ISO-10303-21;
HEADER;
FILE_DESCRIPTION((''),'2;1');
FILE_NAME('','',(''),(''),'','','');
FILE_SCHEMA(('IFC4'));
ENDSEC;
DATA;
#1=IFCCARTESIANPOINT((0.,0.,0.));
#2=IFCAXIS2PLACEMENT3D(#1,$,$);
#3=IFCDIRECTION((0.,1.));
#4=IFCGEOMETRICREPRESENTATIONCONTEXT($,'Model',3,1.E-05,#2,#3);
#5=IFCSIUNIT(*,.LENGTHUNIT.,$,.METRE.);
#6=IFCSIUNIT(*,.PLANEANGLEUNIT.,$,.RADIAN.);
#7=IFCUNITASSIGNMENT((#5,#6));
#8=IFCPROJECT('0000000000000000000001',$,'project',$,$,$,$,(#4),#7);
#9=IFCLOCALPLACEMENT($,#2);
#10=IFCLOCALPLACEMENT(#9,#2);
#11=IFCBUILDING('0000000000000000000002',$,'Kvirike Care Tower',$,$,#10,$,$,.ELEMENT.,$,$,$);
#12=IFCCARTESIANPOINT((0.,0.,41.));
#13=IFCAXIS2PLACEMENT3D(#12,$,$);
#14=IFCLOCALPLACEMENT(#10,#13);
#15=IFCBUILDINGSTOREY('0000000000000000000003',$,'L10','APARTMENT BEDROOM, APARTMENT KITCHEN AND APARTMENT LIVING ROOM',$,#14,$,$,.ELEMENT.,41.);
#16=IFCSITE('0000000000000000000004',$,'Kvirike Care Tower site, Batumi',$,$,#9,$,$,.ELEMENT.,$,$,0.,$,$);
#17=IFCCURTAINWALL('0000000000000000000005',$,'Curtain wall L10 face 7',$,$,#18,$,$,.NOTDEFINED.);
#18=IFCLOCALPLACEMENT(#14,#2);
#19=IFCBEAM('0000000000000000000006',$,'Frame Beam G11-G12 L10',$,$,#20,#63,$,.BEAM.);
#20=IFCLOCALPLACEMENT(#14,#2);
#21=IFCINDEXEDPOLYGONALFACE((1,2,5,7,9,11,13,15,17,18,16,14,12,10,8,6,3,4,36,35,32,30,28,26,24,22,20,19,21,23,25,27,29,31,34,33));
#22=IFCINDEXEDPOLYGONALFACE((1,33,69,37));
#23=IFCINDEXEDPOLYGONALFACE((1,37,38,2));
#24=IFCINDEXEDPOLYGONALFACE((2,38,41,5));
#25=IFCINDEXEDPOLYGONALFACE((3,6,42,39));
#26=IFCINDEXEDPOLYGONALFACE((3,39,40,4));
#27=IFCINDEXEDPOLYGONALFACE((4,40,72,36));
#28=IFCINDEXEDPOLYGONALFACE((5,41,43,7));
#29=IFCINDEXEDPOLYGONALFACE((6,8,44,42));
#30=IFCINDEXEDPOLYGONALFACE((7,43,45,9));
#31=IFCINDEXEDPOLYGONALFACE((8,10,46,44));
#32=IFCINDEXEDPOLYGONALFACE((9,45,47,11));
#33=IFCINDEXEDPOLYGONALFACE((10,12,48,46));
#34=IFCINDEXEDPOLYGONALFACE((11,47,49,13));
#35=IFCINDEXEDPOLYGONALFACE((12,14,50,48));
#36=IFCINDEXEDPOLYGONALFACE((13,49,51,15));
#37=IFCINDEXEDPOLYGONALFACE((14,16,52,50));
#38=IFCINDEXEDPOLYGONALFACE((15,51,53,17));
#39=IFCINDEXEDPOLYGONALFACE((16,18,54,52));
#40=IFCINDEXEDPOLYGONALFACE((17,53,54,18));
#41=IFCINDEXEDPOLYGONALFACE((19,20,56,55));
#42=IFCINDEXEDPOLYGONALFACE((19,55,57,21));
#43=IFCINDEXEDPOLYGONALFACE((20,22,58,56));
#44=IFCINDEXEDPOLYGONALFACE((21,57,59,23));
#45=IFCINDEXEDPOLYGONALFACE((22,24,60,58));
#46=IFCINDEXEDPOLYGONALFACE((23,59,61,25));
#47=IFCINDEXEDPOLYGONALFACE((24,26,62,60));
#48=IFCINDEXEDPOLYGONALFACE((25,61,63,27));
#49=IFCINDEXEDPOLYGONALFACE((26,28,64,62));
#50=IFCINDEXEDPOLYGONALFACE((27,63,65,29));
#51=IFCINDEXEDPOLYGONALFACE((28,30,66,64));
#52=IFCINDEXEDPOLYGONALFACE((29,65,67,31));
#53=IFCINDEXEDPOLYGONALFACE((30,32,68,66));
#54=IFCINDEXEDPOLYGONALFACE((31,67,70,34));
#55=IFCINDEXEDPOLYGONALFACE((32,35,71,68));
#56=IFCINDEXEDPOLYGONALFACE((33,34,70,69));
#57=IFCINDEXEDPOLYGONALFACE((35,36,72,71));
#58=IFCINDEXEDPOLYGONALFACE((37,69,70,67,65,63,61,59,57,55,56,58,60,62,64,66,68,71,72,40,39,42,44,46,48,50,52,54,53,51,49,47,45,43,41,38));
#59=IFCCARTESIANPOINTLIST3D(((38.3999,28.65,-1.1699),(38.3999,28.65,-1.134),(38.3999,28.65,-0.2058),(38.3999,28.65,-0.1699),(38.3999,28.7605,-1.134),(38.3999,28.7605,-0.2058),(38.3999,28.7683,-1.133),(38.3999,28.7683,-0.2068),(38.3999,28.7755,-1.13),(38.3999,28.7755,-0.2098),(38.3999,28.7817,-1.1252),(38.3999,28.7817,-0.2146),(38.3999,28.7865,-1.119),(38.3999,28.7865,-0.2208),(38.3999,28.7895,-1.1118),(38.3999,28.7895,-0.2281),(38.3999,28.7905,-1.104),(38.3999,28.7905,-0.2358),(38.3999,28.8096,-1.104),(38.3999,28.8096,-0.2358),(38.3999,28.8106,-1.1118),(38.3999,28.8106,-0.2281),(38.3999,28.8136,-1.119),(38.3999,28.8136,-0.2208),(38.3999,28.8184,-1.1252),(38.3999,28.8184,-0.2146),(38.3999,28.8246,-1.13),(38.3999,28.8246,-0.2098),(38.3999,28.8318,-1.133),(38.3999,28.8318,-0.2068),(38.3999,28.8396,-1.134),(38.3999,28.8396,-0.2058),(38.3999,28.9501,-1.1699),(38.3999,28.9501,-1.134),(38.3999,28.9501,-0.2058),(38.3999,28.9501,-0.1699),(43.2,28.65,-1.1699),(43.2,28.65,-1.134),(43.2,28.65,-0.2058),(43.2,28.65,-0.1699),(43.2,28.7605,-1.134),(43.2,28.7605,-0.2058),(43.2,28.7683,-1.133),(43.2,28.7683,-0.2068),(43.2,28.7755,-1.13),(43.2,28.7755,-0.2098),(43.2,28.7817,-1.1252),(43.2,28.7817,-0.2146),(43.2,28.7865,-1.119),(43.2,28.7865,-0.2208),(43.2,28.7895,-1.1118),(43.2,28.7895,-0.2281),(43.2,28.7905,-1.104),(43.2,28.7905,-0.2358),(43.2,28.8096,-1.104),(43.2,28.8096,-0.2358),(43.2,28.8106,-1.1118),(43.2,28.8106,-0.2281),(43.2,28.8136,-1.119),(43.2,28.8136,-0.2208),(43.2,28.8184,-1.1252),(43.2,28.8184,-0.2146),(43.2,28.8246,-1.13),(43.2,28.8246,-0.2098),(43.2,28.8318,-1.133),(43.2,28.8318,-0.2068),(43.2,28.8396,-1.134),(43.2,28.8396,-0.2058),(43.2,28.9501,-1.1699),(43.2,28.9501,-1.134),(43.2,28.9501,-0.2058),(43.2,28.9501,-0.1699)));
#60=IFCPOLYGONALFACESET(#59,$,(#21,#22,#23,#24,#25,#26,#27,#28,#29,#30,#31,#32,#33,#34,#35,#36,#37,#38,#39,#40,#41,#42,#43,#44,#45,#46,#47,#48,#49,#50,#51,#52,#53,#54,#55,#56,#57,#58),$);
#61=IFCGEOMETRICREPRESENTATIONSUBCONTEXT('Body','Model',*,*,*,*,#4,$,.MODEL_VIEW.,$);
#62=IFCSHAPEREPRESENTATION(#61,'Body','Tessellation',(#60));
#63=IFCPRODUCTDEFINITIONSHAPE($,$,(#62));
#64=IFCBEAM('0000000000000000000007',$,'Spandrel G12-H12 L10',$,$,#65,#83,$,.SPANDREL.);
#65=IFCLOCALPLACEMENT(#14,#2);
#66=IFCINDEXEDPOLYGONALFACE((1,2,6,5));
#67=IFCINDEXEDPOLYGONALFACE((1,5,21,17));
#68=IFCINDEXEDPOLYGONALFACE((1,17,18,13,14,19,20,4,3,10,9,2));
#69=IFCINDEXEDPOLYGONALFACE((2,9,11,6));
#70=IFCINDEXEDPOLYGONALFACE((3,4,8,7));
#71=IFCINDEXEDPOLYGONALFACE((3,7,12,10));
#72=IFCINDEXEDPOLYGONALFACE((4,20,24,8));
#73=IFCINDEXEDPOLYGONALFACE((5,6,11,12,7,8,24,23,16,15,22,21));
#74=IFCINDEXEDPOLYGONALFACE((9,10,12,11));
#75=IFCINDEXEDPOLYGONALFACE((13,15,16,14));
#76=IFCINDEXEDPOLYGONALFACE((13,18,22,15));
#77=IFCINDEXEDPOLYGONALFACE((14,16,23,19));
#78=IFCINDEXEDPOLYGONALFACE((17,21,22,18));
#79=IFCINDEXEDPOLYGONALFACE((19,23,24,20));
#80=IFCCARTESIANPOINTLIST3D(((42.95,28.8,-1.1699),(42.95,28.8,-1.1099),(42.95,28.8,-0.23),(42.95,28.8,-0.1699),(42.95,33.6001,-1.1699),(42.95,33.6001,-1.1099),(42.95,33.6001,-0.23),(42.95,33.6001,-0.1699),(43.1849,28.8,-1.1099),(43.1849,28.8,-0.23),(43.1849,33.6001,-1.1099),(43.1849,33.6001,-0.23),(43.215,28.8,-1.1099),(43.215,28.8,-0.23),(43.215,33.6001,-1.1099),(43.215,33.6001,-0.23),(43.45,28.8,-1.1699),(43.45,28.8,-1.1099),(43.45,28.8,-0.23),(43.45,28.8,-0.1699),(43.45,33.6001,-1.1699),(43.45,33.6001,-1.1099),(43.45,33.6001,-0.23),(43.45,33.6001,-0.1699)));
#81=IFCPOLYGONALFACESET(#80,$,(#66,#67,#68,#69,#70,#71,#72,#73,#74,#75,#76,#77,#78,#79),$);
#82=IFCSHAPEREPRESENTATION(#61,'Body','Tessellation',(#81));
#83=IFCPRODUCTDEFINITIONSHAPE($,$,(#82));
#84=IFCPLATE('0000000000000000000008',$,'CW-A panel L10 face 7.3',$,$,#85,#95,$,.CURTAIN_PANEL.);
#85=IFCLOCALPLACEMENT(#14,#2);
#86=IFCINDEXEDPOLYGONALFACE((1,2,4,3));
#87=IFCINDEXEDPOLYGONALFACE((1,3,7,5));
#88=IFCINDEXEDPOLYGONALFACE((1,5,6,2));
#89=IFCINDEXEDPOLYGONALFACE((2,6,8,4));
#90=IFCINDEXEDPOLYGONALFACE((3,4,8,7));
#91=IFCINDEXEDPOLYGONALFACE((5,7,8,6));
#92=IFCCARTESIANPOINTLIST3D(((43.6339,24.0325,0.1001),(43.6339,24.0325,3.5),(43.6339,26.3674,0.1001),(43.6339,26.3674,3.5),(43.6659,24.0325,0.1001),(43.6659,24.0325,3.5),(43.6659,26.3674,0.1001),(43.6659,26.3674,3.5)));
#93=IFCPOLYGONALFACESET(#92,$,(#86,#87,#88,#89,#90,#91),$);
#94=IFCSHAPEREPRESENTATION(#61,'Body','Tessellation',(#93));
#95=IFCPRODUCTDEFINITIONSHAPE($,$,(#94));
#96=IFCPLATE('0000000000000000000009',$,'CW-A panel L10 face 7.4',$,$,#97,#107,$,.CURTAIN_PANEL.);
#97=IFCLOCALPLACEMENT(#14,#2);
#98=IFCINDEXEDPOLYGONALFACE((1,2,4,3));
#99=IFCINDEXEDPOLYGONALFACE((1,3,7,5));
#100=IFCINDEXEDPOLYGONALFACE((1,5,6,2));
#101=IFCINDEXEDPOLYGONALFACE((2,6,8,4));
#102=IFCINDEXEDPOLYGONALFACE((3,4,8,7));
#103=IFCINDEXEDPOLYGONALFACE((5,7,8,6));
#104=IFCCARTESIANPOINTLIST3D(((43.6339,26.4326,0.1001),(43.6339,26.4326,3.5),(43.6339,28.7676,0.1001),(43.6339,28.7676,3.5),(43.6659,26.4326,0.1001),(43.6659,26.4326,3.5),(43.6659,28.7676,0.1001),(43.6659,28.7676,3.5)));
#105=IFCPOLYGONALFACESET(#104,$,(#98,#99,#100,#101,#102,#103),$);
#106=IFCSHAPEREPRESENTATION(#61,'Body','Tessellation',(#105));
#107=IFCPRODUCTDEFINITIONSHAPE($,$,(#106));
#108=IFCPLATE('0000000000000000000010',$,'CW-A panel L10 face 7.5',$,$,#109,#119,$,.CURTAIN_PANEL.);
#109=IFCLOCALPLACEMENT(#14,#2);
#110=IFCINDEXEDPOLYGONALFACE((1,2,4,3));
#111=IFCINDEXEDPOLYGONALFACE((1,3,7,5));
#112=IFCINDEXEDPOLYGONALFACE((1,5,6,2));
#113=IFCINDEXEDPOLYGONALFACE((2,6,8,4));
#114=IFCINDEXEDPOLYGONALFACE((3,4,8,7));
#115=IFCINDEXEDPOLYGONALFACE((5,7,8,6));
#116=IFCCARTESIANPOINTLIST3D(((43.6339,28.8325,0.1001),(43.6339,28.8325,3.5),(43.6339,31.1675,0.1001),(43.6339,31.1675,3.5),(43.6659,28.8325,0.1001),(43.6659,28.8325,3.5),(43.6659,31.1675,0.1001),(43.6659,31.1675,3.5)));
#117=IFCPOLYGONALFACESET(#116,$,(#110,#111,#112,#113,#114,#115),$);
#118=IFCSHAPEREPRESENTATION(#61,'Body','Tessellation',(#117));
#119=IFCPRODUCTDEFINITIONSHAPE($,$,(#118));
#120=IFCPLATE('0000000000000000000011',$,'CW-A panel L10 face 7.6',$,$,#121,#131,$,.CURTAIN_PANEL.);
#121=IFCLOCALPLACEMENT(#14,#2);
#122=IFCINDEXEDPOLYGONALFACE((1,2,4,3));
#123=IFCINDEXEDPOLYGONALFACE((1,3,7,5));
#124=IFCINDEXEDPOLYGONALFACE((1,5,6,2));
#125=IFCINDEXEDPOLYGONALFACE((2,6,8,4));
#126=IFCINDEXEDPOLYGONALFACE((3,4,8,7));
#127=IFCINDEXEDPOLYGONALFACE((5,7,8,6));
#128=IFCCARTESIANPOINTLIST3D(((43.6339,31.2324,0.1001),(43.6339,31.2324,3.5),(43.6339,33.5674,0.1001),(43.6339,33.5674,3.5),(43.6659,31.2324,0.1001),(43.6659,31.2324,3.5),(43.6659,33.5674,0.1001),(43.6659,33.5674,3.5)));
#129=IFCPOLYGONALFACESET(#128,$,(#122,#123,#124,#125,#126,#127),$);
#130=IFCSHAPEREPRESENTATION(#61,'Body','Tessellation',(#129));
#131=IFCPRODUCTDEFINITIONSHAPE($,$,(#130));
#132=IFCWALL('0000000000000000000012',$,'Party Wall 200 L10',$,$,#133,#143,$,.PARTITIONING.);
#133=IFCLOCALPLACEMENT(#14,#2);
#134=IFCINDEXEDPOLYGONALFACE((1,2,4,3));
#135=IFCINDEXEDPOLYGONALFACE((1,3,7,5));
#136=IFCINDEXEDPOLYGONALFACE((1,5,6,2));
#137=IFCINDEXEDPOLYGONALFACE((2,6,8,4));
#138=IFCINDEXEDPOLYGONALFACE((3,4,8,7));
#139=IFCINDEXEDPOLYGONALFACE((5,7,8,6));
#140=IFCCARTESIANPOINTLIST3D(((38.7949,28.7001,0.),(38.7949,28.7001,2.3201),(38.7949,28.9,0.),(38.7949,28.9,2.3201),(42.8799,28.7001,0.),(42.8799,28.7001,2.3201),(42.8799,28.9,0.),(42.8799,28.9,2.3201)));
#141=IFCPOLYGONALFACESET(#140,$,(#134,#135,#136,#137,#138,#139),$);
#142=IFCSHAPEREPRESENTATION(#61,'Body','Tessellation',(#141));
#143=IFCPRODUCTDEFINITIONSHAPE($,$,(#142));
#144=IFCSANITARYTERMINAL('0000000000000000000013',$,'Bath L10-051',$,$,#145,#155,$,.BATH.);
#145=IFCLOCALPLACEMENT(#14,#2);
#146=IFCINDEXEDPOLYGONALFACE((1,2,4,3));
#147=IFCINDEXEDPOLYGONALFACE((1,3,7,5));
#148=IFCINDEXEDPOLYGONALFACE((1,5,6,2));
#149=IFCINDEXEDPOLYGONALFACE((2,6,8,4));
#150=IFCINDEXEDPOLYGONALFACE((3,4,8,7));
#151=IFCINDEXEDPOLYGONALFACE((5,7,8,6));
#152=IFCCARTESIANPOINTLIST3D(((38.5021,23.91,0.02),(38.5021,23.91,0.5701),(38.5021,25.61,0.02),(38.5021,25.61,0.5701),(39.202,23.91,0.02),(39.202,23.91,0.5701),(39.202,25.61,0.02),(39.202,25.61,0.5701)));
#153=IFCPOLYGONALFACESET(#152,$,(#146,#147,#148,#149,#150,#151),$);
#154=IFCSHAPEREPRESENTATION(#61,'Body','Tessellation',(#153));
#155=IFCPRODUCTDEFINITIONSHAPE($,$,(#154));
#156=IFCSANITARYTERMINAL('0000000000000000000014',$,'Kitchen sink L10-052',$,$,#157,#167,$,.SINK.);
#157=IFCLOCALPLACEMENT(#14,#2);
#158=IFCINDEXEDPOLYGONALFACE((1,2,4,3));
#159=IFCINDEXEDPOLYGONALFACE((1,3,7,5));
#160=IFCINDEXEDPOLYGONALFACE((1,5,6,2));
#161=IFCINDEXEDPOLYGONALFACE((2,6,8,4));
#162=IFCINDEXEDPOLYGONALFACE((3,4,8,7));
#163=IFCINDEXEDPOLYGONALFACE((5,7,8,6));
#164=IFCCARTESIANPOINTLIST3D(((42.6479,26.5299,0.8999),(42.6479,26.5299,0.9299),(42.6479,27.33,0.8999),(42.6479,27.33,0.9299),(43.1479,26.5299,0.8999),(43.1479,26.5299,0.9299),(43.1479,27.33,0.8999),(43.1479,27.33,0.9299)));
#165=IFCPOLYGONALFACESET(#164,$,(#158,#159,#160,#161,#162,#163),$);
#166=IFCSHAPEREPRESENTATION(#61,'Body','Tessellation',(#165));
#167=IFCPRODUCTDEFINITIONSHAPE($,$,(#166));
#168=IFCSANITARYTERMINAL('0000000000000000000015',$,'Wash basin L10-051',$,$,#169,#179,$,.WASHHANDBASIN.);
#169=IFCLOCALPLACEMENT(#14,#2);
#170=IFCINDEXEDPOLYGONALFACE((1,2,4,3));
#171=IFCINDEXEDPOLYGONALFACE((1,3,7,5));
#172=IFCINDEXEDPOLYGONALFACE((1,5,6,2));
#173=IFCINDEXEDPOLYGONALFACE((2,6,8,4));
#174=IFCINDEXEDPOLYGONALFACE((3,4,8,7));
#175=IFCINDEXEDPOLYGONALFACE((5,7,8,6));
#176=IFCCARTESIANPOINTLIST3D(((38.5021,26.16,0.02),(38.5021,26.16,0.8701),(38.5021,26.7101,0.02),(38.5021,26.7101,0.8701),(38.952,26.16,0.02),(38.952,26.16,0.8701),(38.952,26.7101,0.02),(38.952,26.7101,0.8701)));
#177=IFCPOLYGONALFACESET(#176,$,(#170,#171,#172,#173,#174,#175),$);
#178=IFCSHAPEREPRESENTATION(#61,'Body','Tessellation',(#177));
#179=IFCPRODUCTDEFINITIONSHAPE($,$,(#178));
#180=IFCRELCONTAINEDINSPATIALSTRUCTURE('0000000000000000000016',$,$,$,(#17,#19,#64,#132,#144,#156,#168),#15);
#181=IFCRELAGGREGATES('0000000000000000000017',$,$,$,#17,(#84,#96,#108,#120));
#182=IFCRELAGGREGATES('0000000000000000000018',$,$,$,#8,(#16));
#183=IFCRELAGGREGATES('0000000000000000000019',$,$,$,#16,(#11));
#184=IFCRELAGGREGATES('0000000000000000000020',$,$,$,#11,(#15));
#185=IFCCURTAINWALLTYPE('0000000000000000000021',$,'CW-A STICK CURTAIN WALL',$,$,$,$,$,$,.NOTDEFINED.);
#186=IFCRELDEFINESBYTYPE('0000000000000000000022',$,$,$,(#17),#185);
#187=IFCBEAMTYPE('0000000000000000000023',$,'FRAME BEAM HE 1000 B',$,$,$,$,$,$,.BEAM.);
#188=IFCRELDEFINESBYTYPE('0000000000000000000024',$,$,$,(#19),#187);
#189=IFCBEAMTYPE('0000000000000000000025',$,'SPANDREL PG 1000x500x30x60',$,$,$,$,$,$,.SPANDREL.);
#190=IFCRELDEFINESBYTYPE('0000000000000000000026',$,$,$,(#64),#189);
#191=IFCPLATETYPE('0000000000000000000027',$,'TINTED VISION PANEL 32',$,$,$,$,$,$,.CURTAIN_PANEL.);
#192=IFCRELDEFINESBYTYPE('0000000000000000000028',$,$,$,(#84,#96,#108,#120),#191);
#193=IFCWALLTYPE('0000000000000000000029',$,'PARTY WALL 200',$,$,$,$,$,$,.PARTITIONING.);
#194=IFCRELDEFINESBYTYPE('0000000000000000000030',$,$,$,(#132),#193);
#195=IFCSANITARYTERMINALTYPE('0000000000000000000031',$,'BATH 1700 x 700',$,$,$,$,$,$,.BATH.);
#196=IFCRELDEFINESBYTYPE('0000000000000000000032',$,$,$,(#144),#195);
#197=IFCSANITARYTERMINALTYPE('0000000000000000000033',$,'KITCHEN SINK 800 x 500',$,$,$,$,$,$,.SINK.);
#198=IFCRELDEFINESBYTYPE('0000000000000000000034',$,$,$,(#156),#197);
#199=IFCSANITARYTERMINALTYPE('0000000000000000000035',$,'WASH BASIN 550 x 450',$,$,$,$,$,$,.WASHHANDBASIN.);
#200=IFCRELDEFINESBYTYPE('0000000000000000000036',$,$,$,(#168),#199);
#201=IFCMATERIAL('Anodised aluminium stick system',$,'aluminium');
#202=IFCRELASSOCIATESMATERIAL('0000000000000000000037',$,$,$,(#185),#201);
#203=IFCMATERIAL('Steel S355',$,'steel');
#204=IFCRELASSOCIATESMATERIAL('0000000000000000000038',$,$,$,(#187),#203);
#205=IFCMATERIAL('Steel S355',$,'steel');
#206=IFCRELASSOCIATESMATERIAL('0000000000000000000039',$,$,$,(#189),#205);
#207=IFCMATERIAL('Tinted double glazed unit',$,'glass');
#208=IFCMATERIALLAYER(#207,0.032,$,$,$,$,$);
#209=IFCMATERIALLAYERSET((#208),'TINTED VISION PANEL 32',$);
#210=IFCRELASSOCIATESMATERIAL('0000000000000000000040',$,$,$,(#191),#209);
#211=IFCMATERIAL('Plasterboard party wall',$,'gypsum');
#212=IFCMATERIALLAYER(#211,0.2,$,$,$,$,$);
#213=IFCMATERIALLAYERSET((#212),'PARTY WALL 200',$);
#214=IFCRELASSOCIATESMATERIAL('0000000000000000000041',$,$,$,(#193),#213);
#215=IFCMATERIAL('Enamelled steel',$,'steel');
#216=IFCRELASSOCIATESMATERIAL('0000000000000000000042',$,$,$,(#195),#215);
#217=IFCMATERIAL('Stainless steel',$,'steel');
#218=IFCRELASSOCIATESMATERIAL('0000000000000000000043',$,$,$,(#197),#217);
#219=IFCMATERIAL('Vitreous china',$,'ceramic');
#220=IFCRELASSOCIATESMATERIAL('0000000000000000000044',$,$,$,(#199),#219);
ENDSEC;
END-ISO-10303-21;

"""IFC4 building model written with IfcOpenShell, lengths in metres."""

from ifc_helpers import new_model, si_unit, direction, frame, frame_2d, origin, origin_2d, place, context, subcontext, project, spatial, rectangle, i_section, extrude, material, layer, layer_set, material_profile, profile_set, type_object, element, aggregate, save


model = new_model("IFC4")

# Units and contexts
model_context = context("Model", 3, precision=1e-05, world=origin(), true_north=direction((0.0, 1.0)))
body_context = subcontext(model_context, "Body", "Model", "MODEL_VIEW")
ifc_project = project(units=[si_unit("LENGTHUNIT", "METRE"), si_unit("PLANEANGLEUNIT", "RADIAN")], contexts=[model_context])

# Site, building, storey
site_placement = place(None, origin())
site = spatial("IfcSite", under=ifc_project, at=site_placement, Name="Kvirike Care Tower site, Batumi", CompositionType="ELEMENT", RefElevation=0.0)
building_placement = place(site_placement, origin())
building = spatial("IfcBuilding", under=site, at=building_placement, Name="Kvirike Care Tower", CompositionType="ELEMENT")
storey_placement = place(building_placement, frame((0.0, 0.0, 41.0)))
storey = spatial("IfcBuildingStorey", under=building, at=storey_placement, Name="L10", Description="APARTMENT BEDROOM, APARTMENT KITCHEN AND APARTMENT LIVING ROOM", CompositionType="ELEMENT", Elevation=41.0)

# Curtain wall
ifc_material_1 = material(Name="Anodised aluminium stick system", Category="aluminium")
curtain_wall_type = type_object("IfcCurtainWallType", Name="CW-A STICK CURTAIN WALL", PredefinedType="NOTDEFINED", material=ifc_material_1)
curtain_wall_placement = place(storey_placement, origin())
curtain_wall = element("IfcCurtainWall", 1, at=curtain_wall_placement, inside=storey, type_object=curtain_wall_type, Name="Curtain wall L10 face 7", PredefinedType="NOTDEFINED")

# Beams
ifc_material_2 = material(Name="Steel S355", Category="steel")
ifc_material_profile_1 = material_profile(ifc_material_2, i_section(OverallWidth=0.3, OverallDepth=1.0, WebThickness=0.019, FlangeThickness=0.0359, FilletRadius=0.03, at=origin_2d()), Name="HE 1000 B")
ifc_profile_set_1 = profile_set([ifc_material_profile_1], Name="Steel S355")
beam_type_1 = type_object("IfcBeamType", Name="FRAME BEAM HE 1000 B", PredefinedType="BEAM", material=ifc_profile_set_1)
beam_1_placement = place(storey_placement, frame((38.3999, 28.8, -0.6699), z_axis=(1.0, 0.0, 0.0), x_axis=(0.0, 1.0, 0.0)))
element("IfcBeam", 2, at=beam_1_placement, inside=storey, type_object=beam_type_1, Name="Frame Beam G11-G12 L10", PredefinedType="BEAM", context=body_context, shape_type="SweptSolid", body=[
    extrude(i_section(OverallWidth=0.3, OverallDepth=1.0, WebThickness=0.019, FlangeThickness=0.0359, FilletRadius=0.03, at=origin_2d()), origin(), (0.0, 0.0, 1.0), 4.8),
])
ifc_material_3 = material(Name="Steel S355", Category="steel")
ifc_material_profile_2 = material_profile(ifc_material_3, i_section(OverallWidth=0.5, OverallDepth=1.0, WebThickness=0.03, FlangeThickness=0.0601, at=origin_2d()), Name="PG 1000x500x30x60")
ifc_profile_set_2 = profile_set([ifc_material_profile_2], Name="Steel S355")
beam_type_2 = type_object("IfcBeamType", Name="SPANDREL PG 1000x500x30x60", PredefinedType="SPANDREL", material=ifc_profile_set_2)
beam_2_placement = place(storey_placement, frame((43.2, 28.8, -0.6699), z_axis=(0.0, 1.0, 0.0), x_axis=(-1.0, 0.0, 0.0)))
element("IfcBeam", 3, at=beam_2_placement, inside=storey, type_object=beam_type_2, Name="Spandrel G12-H12 L10", PredefinedType="SPANDREL", context=body_context, shape_type="SweptSolid", body=[
    extrude(i_section(OverallWidth=0.5, OverallDepth=1.0, WebThickness=0.03, FlangeThickness=0.0601, at=origin_2d()), origin(), (0.0, 0.0, 1.0), 4.8),
])

# Plates
ifc_material_4 = material(Name="Tinted double glazed unit", Category="glass")
ifc_layer_1 = layer(ifc_material_4, 0.032)
ifc_layer_set_1 = layer_set([ifc_layer_1], Name="TINTED VISION PANEL 32")
plate_type = type_object("IfcPlateType", Name="TINTED VISION PANEL 32", PredefinedType="CURTAIN_PANEL", material=ifc_layer_set_1)
plate_1_placement = place(storey_placement, frame((43.6499, 25.2, 0.1001), z_axis=(0.0, 0.0, 1.0), x_axis=(0.0, 1.0, 0.0)))
plate_1 = element("IfcPlate", 4, at=plate_1_placement, type_object=plate_type, Name="CW-A panel L10 face 7.3", PredefinedType="CURTAIN_PANEL", context=body_context, shape_type="SweptSolid", body=[
    extrude(rectangle(XDim=2.335, YDim=0.032, at=origin_2d()), origin(), (0.0, 0.0, 1.0), 3.3999),
])
plate_2_placement = place(storey_placement, frame((43.6499, 27.6001, 0.1001), z_axis=(0.0, 0.0, 1.0), x_axis=(0.0, 1.0, 0.0)))
plate_2 = element("IfcPlate", 5, at=plate_2_placement, type_object=plate_type, Name="CW-A panel L10 face 7.4", PredefinedType="CURTAIN_PANEL", context=body_context, shape_type="SweptSolid", body=[
    extrude(rectangle(XDim=2.335, YDim=0.032, at=origin_2d()), origin(), (0.0, 0.0, 1.0), 3.3999),
])
plate_3_placement = place(storey_placement, frame((43.6499, 30.0, 0.1001), z_axis=(0.0, 0.0, 1.0), x_axis=(0.0, 1.0, 0.0)))
plate_3 = element("IfcPlate", 6, at=plate_3_placement, type_object=plate_type, Name="CW-A panel L10 face 7.5", PredefinedType="CURTAIN_PANEL", context=body_context, shape_type="SweptSolid", body=[
    extrude(rectangle(XDim=2.335, YDim=0.032, at=origin_2d()), origin(), (0.0, 0.0, 1.0), 3.3999),
])
plate_4_placement = place(storey_placement, frame((43.6499, 32.3999, 0.1001), z_axis=(0.0, 0.0, 1.0), x_axis=(0.0, 1.0, 0.0)))
plate_4 = element("IfcPlate", 7, at=plate_4_placement, type_object=plate_type, Name="CW-A panel L10 face 7.6", PredefinedType="CURTAIN_PANEL", context=body_context, shape_type="SweptSolid", body=[
    extrude(rectangle(XDim=2.335, YDim=0.032, at=origin_2d()), origin(), (0.0, 0.0, 1.0), 3.3999),
])
aggregate(curtain_wall, [plate_1, plate_2, plate_3, plate_4])

# Wall
ifc_material_5 = material(Name="Plasterboard party wall", Category="gypsum")
ifc_layer_2 = layer(ifc_material_5, 0.2)
ifc_layer_set_2 = layer_set([ifc_layer_2], Name="PARTY WALL 200")
wall_type = type_object("IfcWallType", Name="PARTY WALL 200", PredefinedType="PARTITIONING", material=ifc_layer_set_2)
wall_placement = place(storey_placement, frame((42.8799, 28.8, 0.0), z_axis=(0.0, 0.0, 1.0), x_axis=(-1.0, 0.0, 0.0)))
element("IfcWall", 8, at=wall_placement, inside=storey, type_object=wall_type, Name="Party Wall 200 L10", PredefinedType="PARTITIONING", context=body_context, shape_type="SweptSolid", body=[
    extrude(rectangle(XDim=4.085, YDim=0.2, at=frame_2d((2.0425, 0.0))), origin(), (0.0, 0.0, 1.0), 2.3201),
])

# Sanitary terminals
ifc_material_6 = material(Name="Enamelled steel", Category="steel")
sanitary_terminal_type_1 = type_object("IfcSanitaryTerminalType", Name="BATH 1700 x 700", PredefinedType="BATH", material=ifc_material_6)
sanitary_terminal_1_placement = place(storey_placement, frame((38.8521, 24.76, 0.02), z_axis=(0.0, 0.0, 1.0), x_axis=(0.0, 1.0, 0.0)))
element("IfcSanitaryTerminal", 9, at=sanitary_terminal_1_placement, inside=storey, type_object=sanitary_terminal_type_1, Name="Bath L10-051", PredefinedType="BATH", context=body_context, shape_type="SweptSolid", body=[
    extrude(rectangle(XDim=1.7, YDim=0.7, at=origin_2d()), origin(), (0.0, 0.0, 1.0), 0.55),
])
ifc_material_7 = material(Name="Stainless steel", Category="steel")
sanitary_terminal_type_2 = type_object("IfcSanitaryTerminalType", Name="KITCHEN SINK 800 x 500", PredefinedType="SINK", material=ifc_material_7)
sanitary_terminal_2_placement = place(storey_placement, frame((42.8979, 26.9299, 0.8999), z_axis=(0.0, 0.0, 1.0), x_axis=(0.0, -1.0, 0.0)))
element("IfcSanitaryTerminal", 10, at=sanitary_terminal_2_placement, inside=storey, type_object=sanitary_terminal_type_2, Name="Kitchen sink L10-052", PredefinedType="SINK", context=body_context, shape_type="SweptSolid", body=[
    extrude(rectangle(XDim=0.8, YDim=0.5, at=origin_2d()), origin(), (0.0, 0.0, 1.0), 0.03),
])
ifc_material_8 = material(Name="Vitreous china", Category="ceramic")
sanitary_terminal_type_3 = type_object("IfcSanitaryTerminalType", Name="WASH BASIN 550 x 450", PredefinedType="WASHHANDBASIN", material=ifc_material_8)
sanitary_terminal_3_placement = place(storey_placement, frame((38.7271, 26.4351, 0.02), z_axis=(0.0, 0.0, 1.0), x_axis=(0.0, 1.0, 0.0)))
element("IfcSanitaryTerminal", 11, at=sanitary_terminal_3_placement, inside=storey, type_object=sanitary_terminal_type_3, Name="Wash basin L10-051", PredefinedType="WASHHANDBASIN", context=body_context, shape_type="SweptSolid", body=[
    extrude(rectangle(XDim=0.55, YDim=0.45, at=origin_2d()), origin(), (0.0, 0.0, 1.0), 0.8501),
])

save(model, "model.ifc")
